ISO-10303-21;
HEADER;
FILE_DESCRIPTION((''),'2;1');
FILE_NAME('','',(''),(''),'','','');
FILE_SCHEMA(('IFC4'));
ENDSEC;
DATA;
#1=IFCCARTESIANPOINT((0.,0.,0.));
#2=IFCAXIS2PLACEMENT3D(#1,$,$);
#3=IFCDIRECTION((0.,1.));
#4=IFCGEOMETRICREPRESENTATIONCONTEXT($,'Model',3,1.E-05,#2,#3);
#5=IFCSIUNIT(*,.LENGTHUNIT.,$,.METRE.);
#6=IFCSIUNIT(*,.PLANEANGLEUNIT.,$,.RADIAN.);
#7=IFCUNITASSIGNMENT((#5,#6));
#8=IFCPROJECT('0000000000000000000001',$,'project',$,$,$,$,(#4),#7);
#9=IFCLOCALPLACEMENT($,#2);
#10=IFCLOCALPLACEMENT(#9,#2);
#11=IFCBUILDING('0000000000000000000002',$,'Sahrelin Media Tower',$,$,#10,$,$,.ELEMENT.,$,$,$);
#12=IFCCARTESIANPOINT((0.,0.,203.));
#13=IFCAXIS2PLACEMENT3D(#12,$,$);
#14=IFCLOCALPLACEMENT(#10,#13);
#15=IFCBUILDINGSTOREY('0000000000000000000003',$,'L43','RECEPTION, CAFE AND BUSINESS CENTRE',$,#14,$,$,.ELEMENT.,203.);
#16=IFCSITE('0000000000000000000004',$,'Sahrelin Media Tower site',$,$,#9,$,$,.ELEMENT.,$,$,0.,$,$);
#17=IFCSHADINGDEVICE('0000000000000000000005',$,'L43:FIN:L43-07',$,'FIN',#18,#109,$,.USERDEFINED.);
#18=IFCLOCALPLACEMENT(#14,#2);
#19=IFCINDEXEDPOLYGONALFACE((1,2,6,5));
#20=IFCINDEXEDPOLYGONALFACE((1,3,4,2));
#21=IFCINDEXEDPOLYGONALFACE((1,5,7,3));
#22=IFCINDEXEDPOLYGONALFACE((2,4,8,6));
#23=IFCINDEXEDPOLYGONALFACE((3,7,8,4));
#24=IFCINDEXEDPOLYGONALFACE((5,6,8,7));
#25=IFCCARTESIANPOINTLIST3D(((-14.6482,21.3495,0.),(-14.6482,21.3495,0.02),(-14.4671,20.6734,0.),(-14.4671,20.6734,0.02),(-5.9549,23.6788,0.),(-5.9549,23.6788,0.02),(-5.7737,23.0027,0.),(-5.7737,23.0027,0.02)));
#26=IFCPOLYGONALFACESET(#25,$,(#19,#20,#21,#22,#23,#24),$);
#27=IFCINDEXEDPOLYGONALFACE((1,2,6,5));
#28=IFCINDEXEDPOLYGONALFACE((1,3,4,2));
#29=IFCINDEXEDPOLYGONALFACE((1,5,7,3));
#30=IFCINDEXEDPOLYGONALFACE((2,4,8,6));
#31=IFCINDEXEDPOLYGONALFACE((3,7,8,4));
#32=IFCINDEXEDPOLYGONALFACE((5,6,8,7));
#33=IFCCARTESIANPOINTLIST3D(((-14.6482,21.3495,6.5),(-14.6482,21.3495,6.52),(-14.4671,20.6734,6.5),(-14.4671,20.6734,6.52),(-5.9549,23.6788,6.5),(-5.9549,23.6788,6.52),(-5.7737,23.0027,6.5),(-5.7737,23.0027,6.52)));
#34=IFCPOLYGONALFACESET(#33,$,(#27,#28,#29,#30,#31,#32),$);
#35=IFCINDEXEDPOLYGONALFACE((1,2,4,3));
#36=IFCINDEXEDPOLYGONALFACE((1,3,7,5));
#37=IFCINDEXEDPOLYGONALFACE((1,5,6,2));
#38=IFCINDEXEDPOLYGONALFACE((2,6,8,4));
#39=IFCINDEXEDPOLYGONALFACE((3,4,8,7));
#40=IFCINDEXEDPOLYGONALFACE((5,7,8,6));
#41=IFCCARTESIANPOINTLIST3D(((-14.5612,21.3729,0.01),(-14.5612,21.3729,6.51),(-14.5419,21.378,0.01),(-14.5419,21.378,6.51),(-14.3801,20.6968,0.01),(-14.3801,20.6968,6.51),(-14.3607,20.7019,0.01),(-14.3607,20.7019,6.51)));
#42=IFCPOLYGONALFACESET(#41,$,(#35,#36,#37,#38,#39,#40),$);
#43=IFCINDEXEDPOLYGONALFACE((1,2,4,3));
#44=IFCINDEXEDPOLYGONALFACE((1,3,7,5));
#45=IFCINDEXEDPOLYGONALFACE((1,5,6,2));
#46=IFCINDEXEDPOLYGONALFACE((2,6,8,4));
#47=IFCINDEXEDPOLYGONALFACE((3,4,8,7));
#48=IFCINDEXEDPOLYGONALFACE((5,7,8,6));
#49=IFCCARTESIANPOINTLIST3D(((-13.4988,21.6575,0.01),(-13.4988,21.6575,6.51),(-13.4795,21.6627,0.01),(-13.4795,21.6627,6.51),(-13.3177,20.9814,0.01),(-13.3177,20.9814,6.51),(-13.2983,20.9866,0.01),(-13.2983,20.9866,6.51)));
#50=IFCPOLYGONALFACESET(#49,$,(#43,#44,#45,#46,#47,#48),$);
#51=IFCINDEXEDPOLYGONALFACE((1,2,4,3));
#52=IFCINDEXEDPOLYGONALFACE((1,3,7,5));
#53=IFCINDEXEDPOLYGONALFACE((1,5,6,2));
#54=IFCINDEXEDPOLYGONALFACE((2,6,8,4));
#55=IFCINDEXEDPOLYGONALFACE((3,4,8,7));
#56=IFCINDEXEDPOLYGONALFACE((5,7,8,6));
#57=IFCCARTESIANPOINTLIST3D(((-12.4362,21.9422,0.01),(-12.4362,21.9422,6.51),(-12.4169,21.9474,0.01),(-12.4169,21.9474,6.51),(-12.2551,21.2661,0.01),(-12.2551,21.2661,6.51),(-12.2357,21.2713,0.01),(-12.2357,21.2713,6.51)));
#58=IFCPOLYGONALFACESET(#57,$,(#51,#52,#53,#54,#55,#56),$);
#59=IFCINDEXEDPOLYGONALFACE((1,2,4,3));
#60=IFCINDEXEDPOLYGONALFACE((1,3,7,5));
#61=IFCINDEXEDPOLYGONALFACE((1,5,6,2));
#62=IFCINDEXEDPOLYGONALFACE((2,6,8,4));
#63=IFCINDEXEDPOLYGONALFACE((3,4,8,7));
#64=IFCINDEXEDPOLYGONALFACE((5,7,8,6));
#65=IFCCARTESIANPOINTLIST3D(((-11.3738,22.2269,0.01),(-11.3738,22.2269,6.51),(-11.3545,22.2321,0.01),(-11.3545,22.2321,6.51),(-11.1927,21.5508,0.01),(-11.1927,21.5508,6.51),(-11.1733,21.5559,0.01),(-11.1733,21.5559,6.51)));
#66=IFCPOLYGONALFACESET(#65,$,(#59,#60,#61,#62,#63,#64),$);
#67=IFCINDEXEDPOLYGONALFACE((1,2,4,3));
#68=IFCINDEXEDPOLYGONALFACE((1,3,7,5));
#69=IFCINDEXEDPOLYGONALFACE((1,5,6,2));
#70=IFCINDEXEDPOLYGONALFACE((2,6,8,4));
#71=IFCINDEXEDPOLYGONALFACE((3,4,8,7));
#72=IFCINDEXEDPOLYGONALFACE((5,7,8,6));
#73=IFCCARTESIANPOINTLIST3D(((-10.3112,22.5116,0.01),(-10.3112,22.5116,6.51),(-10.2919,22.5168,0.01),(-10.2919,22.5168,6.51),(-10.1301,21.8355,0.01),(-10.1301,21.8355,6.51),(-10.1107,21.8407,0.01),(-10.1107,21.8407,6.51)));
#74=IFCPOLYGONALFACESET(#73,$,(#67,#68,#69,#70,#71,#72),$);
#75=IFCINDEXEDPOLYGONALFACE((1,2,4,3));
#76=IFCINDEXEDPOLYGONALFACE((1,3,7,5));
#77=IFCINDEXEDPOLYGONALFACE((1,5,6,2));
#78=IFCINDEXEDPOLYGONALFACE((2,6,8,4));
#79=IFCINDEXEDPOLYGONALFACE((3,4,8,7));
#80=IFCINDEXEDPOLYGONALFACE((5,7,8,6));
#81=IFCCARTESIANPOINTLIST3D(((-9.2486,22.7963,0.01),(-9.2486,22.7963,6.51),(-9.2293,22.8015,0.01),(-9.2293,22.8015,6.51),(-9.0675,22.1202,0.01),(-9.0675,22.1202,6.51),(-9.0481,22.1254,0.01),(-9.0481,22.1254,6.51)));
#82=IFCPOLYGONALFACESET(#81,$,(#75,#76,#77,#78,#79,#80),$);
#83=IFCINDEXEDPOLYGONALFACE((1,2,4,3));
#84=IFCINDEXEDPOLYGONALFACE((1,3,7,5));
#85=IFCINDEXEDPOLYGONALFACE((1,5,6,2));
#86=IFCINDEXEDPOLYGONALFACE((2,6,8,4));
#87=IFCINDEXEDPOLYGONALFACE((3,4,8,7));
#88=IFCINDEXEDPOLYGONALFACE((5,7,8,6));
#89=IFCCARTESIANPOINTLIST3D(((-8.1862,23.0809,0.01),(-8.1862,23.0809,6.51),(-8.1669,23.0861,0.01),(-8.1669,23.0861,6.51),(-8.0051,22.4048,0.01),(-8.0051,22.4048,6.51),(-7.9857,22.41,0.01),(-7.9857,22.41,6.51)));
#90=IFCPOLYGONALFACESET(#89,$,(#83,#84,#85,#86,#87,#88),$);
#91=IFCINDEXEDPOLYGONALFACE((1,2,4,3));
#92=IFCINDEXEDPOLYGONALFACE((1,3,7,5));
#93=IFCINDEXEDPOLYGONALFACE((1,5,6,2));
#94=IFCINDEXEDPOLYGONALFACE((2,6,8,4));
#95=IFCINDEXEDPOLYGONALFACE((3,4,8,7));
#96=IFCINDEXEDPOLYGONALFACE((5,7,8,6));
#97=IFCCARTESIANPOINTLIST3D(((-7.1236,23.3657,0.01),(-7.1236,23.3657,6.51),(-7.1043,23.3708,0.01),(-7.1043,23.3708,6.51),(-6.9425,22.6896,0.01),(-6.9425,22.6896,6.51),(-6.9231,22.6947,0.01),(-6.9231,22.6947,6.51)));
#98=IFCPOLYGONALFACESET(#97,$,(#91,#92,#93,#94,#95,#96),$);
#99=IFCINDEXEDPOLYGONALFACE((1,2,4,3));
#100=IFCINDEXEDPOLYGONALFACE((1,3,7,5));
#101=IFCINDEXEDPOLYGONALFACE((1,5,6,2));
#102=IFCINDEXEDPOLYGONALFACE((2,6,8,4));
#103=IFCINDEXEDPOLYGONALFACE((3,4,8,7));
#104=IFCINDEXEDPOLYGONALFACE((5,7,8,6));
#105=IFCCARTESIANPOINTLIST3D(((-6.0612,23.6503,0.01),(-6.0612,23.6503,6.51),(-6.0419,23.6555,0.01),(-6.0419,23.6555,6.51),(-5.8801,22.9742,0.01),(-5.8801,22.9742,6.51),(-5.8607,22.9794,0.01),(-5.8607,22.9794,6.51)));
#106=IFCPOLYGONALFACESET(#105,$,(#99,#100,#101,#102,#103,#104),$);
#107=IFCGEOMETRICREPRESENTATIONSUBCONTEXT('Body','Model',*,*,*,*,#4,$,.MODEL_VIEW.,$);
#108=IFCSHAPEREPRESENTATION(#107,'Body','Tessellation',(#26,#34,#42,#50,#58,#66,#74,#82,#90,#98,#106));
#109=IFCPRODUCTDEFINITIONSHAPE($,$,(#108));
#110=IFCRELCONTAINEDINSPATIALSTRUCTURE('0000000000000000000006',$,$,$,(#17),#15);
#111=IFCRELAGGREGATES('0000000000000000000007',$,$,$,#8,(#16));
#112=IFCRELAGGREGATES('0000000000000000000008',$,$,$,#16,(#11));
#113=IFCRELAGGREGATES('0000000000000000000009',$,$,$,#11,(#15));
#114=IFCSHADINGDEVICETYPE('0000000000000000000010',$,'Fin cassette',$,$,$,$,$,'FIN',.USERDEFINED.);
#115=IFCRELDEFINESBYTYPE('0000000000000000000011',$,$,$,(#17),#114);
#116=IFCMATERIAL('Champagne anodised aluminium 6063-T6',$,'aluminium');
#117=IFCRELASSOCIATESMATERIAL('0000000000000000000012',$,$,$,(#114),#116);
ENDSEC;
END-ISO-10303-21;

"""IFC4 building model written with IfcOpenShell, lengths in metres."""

from ifc_helpers import new_model, si_unit, direction, frame, origin, origin_2d, place, context, subcontext, project, spatial, rectangle, extrude, material, type_object, element, save


model = new_model("IFC4")

# Units and contexts
model_context = context("Model", 3, precision=1e-05, world=origin(), true_north=direction((0.0, 1.0)))
body_context = subcontext(model_context, "Body", "Model", "MODEL_VIEW")
ifc_project = project(units=[si_unit("LENGTHUNIT", "METRE"), si_unit("PLANEANGLEUNIT", "RADIAN")], contexts=[model_context])

# Site, building, storey
site_placement = place(None, origin())
site = spatial("IfcSite", under=ifc_project, at=site_placement, Name="Sahrelin Media Tower site", CompositionType="ELEMENT", RefElevation=0.0)
building_placement = place(site_placement, origin())
building = spatial("IfcBuilding", under=site, at=building_placement, Name="Sahrelin Media Tower", CompositionType="ELEMENT")
storey_placement = place(building_placement, frame((0.0, 0.0, 203.0)))
storey = spatial("IfcBuildingStorey", under=building, at=storey_placement, Name="L43", Description="RECEPTION, CAFE AND BUSINESS CENTRE", CompositionType="ELEMENT", Elevation=203.0)

# Shared definitions
ifc_material_1 = material(Name="Champagne anodised aluminium 6063-T6", Category="aluminium")

# Shading device
shading_device_type_1 = type_object("IfcShadingDeviceType", Name="Fin cassette", ElementType="FIN", PredefinedType="USERDEFINED", material=ifc_material_1)
placement_1 = place(storey_placement, frame((-10.1023, 21.7705, 0.0), z_axis=(0.0, 0.0, 1.0), x_axis=(0.965929, 0.258808, 0.0)))
element("IfcShadingDevice", 1, at=placement_1, inside=storey, type_object=shading_device_type_1, Name="L43:FIN:L43-07", ObjectType="FIN", PredefinedType="USERDEFINED", context=body_context, shape_type="SweptSolid", body=[
    extrude(rectangle(XDim=9.0, YDim=0.7, at=origin_2d()), frame((0.0, 0.4199, 0.0)), (0.0, 0.0, 1.0), 0.02),
    extrude(rectangle(XDim=9.0, YDim=0.7, at=origin_2d()), frame((0.0, 0.4199, 6.5)), (0.0, 0.0, 1.0), 0.02),
    extrude(rectangle(XDim=0.02, YDim=0.7, at=origin_2d()), frame((-4.3999, 0.4199, 0.01), z_axis=(0.0, 0.0, 1.0), x_axis=(1.0, 0.0, 0.0)), (0.0, 0.0, 1.0), 6.5),
    extrude(rectangle(XDim=0.02, YDim=0.7, at=origin_2d()), frame((-3.3, 0.4199, 0.01), z_axis=(0.0, 0.0, 1.0), x_axis=(1.0, 0.0, 0.0)), (0.0, 0.0, 1.0), 6.5),
    extrude(rectangle(XDim=0.02, YDim=0.7, at=origin_2d()), frame((-2.2, 0.4199, 0.01), z_axis=(0.0, 0.0, 1.0), x_axis=(1.0, 0.0, 0.0)), (0.0, 0.0, 1.0), 6.5),
    extrude(rectangle(XDim=0.02, YDim=0.7, at=origin_2d()), frame((-1.1001, 0.4199, 0.01), z_axis=(0.0, 0.0, 1.0), x_axis=(1.0, 0.0, 0.0)), (0.0, 0.0, 1.0), 6.5),
    extrude(rectangle(XDim=0.02, YDim=0.7, at=origin_2d()), frame((0.0, 0.4199, 0.01), z_axis=(0.0, 0.0, 1.0), x_axis=(1.0, 0.0, 0.0)), (0.0, 0.0, 1.0), 6.5),
    extrude(rectangle(XDim=0.02, YDim=0.7, at=origin_2d()), frame((1.1001, 0.4199, 0.01), z_axis=(0.0, 0.0, 1.0), x_axis=(1.0, 0.0, 0.0)), (0.0, 0.0, 1.0), 6.5),
    extrude(rectangle(XDim=0.02, YDim=0.7, at=origin_2d()), frame((2.2, 0.4199, 0.01), z_axis=(0.0, 0.0, 1.0), x_axis=(1.0, 0.0, 0.0)), (0.0, 0.0, 1.0), 6.5),
    extrude(rectangle(XDim=0.02, YDim=0.7, at=origin_2d()), frame((3.3, 0.4199, 0.01), z_axis=(0.0, 0.0, 1.0), x_axis=(1.0, 0.0, 0.0)), (0.0, 0.0, 1.0), 6.5),
    extrude(rectangle(XDim=0.02, YDim=0.7, at=origin_2d()), frame((4.3999, 0.4199, 0.01), z_axis=(0.0, 0.0, 1.0), x_axis=(1.0, 0.0, 0.0)), (0.0, 0.0, 1.0), 6.5),
])

save(model, "model.ifc")
